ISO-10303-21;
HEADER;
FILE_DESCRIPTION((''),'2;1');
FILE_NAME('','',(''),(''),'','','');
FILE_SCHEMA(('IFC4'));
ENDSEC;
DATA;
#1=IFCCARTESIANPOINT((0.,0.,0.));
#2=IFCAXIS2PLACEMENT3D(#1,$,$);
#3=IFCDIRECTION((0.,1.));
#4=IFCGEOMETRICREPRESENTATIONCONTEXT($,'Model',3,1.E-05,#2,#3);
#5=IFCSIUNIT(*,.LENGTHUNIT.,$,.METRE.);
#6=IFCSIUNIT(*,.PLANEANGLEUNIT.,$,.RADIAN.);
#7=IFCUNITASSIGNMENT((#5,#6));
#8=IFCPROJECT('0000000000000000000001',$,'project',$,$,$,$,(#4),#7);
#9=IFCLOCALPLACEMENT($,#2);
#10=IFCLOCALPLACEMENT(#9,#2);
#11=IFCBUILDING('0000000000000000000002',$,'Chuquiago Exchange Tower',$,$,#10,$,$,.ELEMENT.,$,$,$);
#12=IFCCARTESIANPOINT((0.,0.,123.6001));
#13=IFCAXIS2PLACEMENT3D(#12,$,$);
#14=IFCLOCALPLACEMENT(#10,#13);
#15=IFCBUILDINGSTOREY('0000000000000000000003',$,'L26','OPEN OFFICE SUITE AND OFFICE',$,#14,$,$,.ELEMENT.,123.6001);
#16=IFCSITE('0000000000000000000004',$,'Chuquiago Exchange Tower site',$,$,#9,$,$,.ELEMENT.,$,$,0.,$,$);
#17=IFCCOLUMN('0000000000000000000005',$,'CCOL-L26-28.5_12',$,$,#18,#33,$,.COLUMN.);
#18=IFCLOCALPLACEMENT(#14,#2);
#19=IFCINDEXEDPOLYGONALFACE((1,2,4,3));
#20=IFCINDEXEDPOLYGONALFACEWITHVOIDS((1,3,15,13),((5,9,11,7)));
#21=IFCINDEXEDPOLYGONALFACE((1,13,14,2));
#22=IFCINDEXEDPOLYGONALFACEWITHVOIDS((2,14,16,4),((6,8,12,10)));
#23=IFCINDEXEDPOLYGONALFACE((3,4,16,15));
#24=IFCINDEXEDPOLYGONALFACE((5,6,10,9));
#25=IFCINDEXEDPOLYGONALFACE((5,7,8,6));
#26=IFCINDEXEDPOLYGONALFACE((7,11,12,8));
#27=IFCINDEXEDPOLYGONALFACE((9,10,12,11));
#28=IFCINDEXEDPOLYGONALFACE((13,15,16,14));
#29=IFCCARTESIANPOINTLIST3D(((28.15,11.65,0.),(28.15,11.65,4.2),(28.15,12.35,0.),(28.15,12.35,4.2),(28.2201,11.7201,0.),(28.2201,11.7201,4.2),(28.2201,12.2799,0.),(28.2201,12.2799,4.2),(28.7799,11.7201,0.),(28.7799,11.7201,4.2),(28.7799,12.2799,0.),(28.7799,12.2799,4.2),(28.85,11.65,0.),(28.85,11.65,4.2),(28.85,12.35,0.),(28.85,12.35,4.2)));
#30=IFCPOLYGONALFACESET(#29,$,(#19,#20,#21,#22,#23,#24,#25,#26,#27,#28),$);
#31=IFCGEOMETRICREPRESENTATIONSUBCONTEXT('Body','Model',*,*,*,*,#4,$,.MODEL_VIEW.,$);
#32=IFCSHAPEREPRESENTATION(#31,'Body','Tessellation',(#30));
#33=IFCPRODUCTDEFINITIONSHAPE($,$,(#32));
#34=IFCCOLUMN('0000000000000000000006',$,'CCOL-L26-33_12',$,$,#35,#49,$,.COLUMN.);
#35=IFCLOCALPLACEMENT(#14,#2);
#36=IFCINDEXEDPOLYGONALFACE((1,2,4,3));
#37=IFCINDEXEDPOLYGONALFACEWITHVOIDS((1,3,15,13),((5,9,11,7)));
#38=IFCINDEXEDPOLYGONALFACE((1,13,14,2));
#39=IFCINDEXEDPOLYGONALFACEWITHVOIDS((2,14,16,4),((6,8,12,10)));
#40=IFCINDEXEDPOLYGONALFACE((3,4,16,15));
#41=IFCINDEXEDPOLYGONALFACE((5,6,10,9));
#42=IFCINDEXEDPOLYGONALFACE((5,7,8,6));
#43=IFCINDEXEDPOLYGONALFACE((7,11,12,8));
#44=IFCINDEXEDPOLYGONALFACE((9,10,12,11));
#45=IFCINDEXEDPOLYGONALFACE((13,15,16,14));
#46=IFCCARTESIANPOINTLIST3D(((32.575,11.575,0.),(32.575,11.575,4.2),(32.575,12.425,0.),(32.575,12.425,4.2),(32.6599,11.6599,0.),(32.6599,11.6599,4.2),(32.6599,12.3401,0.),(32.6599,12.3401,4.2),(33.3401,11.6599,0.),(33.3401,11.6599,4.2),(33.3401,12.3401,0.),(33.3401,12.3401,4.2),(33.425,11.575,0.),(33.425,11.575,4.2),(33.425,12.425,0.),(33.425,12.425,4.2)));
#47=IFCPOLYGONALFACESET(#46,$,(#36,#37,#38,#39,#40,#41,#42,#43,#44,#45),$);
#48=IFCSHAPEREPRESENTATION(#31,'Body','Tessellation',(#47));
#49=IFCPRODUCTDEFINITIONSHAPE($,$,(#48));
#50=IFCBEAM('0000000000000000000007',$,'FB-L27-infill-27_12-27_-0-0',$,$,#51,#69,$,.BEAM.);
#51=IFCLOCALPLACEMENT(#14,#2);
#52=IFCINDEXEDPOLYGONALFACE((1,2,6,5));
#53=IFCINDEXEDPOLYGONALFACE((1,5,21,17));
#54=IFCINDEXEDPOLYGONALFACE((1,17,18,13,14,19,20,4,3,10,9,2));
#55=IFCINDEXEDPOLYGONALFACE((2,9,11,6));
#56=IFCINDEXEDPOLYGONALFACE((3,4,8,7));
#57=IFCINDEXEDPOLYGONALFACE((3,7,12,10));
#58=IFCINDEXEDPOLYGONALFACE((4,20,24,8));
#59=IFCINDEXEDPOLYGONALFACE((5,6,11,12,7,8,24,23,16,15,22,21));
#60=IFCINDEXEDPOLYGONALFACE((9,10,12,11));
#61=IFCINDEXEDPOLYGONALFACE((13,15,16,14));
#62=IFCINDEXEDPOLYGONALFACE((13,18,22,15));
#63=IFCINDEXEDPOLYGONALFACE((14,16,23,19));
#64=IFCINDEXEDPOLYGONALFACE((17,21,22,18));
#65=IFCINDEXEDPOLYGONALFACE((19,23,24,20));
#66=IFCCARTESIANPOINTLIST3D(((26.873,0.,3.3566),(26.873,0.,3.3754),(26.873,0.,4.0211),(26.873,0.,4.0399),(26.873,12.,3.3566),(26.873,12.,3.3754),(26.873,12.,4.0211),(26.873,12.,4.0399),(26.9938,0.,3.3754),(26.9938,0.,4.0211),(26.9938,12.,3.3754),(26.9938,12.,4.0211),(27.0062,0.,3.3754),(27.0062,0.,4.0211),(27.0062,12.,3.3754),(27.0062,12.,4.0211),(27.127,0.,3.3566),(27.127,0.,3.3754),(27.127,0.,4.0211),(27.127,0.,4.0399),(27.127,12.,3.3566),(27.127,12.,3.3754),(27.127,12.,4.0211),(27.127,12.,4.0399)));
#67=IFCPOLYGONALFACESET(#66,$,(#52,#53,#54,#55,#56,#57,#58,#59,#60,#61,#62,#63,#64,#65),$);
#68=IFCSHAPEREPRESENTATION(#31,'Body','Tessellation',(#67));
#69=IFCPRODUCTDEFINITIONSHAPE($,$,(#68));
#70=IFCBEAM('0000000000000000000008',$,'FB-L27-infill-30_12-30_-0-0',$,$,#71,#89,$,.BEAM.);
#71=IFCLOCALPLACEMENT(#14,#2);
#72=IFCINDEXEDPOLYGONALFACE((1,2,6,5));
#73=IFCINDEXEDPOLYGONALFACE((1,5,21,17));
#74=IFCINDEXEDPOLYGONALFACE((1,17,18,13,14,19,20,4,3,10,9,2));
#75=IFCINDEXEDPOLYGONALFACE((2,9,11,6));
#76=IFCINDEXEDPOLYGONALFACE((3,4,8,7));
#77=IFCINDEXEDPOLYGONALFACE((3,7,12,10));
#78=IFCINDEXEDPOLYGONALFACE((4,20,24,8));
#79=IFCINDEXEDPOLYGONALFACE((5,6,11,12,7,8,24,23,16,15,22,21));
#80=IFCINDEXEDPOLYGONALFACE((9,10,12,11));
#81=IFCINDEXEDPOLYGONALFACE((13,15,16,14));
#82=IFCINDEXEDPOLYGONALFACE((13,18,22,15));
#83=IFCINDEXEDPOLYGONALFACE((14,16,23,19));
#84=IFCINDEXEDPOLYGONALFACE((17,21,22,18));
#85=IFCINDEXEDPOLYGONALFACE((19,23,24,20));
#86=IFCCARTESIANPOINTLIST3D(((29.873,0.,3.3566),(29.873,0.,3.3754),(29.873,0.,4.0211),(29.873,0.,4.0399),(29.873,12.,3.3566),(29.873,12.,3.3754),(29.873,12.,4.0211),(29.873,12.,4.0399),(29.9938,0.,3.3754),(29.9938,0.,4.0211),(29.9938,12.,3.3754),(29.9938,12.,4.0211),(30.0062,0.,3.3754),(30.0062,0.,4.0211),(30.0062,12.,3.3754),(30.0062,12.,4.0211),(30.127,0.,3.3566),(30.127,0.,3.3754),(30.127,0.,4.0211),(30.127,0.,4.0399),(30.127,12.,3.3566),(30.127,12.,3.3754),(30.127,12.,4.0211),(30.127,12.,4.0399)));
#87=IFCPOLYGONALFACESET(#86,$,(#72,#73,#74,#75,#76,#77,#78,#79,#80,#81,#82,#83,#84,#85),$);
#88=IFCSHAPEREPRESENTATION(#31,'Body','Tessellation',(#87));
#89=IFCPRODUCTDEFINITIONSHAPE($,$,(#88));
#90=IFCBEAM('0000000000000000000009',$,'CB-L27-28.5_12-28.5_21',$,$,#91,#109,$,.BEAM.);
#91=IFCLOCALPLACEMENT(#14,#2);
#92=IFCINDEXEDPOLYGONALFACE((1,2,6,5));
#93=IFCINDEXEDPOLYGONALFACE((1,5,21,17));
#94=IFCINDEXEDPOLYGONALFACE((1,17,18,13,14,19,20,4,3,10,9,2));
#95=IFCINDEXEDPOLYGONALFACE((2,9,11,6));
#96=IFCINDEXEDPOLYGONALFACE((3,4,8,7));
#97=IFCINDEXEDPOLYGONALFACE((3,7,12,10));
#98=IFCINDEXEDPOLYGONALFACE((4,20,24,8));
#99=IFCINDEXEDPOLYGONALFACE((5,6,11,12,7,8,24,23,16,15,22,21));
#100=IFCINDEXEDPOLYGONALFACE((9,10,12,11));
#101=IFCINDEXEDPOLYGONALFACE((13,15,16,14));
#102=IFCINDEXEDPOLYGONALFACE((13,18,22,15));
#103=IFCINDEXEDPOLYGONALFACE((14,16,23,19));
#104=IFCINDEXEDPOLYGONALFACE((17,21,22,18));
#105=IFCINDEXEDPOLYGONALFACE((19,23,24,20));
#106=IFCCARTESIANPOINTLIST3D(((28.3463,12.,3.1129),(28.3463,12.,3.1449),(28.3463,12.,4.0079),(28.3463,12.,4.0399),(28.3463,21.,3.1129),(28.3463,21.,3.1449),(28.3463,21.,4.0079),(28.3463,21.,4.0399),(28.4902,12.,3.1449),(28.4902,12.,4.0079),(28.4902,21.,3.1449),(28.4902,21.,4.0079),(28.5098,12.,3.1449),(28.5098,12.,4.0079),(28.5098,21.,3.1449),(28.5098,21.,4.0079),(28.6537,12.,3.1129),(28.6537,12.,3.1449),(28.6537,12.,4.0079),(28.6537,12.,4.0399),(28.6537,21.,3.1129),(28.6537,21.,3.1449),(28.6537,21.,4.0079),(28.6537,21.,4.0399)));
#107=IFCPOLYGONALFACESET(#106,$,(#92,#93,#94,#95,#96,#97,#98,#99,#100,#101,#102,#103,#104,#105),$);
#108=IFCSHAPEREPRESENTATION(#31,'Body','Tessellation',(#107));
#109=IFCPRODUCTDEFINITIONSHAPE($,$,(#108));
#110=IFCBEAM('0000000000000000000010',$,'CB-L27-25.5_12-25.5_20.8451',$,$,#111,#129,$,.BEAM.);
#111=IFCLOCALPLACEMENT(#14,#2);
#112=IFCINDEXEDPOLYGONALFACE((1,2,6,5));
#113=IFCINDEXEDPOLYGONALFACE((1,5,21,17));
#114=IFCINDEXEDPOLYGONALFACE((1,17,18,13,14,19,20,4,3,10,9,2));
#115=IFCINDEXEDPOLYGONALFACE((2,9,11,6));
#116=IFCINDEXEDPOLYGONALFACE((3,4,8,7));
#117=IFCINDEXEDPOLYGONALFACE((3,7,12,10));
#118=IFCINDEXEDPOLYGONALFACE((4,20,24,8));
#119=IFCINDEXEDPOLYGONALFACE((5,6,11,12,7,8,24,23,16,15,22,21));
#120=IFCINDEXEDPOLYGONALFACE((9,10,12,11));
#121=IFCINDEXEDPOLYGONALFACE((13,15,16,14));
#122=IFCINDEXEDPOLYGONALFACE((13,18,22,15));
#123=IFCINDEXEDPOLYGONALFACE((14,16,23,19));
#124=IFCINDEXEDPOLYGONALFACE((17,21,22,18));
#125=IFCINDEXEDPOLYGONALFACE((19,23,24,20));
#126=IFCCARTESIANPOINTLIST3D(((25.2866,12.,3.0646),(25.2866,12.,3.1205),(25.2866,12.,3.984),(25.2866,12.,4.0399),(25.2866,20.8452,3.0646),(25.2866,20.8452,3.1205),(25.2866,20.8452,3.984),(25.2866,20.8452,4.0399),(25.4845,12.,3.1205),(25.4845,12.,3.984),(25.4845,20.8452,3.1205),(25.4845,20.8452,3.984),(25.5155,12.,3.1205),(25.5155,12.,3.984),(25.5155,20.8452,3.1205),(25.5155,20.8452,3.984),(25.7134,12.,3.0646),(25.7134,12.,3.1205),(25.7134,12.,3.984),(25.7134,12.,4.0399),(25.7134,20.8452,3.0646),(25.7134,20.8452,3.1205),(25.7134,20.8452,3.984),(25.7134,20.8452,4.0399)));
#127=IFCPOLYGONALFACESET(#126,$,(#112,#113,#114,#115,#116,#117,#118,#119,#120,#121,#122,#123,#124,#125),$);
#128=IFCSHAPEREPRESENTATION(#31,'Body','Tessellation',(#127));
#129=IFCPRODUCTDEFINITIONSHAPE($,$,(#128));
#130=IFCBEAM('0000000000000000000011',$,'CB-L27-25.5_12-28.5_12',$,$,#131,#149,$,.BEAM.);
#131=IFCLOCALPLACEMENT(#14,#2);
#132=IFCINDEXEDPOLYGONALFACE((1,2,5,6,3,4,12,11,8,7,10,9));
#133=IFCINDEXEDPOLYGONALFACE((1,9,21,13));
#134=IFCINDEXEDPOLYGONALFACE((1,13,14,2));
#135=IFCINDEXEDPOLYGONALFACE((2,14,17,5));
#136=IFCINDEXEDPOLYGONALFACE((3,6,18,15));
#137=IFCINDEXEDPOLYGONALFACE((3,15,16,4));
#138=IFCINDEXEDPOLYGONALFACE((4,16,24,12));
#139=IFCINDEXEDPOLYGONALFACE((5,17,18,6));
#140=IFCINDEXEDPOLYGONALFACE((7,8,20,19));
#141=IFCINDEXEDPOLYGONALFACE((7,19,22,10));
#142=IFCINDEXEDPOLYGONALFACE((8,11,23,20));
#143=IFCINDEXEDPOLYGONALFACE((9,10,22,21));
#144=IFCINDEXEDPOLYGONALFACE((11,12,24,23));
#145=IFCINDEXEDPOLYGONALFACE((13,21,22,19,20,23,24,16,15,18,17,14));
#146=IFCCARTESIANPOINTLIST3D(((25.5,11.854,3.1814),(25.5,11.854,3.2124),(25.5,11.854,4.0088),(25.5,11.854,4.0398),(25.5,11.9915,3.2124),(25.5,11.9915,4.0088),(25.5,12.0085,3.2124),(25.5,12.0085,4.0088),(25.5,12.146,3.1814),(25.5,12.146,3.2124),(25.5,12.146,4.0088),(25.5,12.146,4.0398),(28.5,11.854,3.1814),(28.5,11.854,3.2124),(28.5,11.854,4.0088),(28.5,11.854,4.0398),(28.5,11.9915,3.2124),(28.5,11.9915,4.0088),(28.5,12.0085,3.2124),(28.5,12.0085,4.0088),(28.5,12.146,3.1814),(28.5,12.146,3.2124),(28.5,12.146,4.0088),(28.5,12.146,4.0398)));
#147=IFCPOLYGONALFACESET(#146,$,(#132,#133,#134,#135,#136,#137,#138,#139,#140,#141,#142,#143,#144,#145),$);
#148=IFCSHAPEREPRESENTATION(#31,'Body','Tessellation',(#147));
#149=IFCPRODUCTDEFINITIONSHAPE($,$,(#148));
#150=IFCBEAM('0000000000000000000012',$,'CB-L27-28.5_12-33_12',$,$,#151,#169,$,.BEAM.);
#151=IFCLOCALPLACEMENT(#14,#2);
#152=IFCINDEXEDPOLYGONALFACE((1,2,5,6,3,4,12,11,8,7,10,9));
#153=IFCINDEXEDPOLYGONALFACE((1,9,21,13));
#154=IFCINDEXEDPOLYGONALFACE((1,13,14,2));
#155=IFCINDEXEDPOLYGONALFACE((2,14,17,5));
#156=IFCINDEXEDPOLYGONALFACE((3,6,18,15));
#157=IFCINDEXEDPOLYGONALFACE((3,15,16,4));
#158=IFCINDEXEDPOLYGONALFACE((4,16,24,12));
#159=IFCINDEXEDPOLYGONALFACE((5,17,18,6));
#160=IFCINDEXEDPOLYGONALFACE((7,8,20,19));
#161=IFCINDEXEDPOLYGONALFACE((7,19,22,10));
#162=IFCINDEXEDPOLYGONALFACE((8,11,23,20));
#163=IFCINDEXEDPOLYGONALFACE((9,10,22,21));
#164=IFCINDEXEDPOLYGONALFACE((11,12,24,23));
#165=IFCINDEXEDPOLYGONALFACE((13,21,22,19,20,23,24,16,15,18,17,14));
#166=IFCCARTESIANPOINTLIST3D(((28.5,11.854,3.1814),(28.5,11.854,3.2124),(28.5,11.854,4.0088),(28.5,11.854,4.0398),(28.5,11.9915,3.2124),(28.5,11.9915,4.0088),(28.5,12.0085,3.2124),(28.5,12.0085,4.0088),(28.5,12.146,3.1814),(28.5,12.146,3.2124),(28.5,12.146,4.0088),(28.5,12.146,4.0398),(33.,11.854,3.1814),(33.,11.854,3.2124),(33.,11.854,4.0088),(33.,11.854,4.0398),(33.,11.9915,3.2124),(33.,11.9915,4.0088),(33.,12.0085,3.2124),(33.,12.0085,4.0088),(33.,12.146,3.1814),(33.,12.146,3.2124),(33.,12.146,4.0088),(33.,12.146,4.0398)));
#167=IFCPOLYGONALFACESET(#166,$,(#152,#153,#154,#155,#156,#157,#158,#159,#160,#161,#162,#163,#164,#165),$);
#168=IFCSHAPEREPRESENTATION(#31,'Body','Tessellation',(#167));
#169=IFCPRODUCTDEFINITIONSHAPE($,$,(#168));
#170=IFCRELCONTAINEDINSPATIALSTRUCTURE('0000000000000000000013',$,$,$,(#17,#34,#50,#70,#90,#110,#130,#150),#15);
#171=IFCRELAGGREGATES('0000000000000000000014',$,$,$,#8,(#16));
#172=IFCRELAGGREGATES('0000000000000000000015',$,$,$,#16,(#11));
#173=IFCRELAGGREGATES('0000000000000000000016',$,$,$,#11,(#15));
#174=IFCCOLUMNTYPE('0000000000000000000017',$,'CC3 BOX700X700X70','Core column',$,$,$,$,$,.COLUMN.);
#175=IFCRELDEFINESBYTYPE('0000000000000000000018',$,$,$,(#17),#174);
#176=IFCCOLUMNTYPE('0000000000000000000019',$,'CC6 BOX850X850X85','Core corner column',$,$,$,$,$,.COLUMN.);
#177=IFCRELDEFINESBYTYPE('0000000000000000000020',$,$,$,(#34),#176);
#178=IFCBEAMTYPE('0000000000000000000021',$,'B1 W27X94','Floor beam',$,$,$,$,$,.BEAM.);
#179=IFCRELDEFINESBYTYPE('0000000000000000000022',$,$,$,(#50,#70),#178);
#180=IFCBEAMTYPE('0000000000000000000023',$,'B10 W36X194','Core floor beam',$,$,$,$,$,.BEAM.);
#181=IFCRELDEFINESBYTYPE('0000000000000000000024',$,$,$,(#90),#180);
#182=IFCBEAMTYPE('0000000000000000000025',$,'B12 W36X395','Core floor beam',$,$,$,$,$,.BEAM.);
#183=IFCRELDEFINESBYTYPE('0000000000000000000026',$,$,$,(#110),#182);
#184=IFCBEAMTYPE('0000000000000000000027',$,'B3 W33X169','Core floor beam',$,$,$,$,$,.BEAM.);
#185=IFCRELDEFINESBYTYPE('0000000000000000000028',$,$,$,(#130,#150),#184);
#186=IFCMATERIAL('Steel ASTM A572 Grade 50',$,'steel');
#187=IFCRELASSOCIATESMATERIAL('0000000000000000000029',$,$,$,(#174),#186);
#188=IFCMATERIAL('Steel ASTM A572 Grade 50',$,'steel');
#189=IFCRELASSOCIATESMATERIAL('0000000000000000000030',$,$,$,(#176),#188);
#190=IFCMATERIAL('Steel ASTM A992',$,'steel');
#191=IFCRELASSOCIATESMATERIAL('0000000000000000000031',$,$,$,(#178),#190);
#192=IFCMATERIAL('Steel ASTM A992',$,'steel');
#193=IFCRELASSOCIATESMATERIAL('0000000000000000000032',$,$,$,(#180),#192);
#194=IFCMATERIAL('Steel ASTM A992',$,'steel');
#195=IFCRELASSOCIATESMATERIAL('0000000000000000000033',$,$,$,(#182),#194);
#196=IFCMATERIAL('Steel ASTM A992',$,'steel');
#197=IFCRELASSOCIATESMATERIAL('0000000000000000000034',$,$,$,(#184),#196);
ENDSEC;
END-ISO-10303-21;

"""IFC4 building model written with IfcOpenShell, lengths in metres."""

from ifc_helpers import new_model, si_unit, direction, frame, origin, origin_2d, place, context, subcontext, project, spatial, hollow_rectangle, i_section, extrude, material, material_profile, profile_set, type_object, element, save


model = new_model("IFC4")

# Units and contexts
model_context = context("Model", 3, precision=1e-05, world=origin(), true_north=direction((0.0, 1.0)))
body_context = subcontext(model_context, "Body", "Model", "MODEL_VIEW")
ifc_project = project(units=[si_unit("LENGTHUNIT", "METRE"), si_unit("PLANEANGLEUNIT", "RADIAN")], contexts=[model_context])

# Site, building, storey
site_placement = place(None, origin())
site = spatial("IfcSite", under=ifc_project, at=site_placement, Name="Chuquiago Exchange Tower site", CompositionType="ELEMENT", RefElevation=0.0)
building_placement = place(site_placement, origin())
building = spatial("IfcBuilding", under=site, at=building_placement, Name="Chuquiago Exchange Tower", CompositionType="ELEMENT")
storey_placement = place(building_placement, frame((0.0, 0.0, 123.6001)))
storey = spatial("IfcBuildingStorey", under=building, at=storey_placement, Name="L26", Description="OPEN OFFICE SUITE AND OFFICE", CompositionType="ELEMENT", Elevation=123.6001)

# Columns
ifc_material_1 = material(Name="Steel ASTM A572 Grade 50", Category="steel")
ifc_material_profile_1 = material_profile(ifc_material_1, hollow_rectangle(XDim=0.7, YDim=0.7, WallThickness=0.0701, at=origin_2d()), Name="BOX700X700X70")
ifc_profile_set_1 = profile_set([ifc_material_profile_1], Name="Steel ASTM A572 Grade 50")
column_type_1 = type_object("IfcColumnType", Name="CC3 BOX700X700X70", Description="Core column", PredefinedType="COLUMN", material=ifc_profile_set_1)
column_1_placement = place(storey_placement, frame((28.5, 12.0, 0.0), z_axis=(0.0, 0.0, 1.0), x_axis=(1.0, 0.0, 0.0)))
element("IfcColumn", 1, at=column_1_placement, inside=storey, type_object=column_type_1, Name="CCOL-L26-28.5_12", PredefinedType="COLUMN", context=body_context, shape_type="SweptSolid", body=[
    extrude(hollow_rectangle(XDim=0.7, YDim=0.7, WallThickness=0.0701, at=origin_2d()), origin(), (0.0, 0.0, 1.0), 4.2),
])
ifc_material_2 = material(Name="Steel ASTM A572 Grade 50", Category="steel")
ifc_material_profile_2 = material_profile(ifc_material_2, hollow_rectangle(XDim=0.8501, YDim=0.8501, WallThickness=0.085, at=origin_2d()), Name="BOX850X850X85")
ifc_profile_set_2 = profile_set([ifc_material_profile_2], Name="Steel ASTM A572 Grade 50")
column_type_2 = type_object("IfcColumnType", Name="CC6 BOX850X850X85", Description="Core corner column", PredefinedType="COLUMN", material=ifc_profile_set_2)
column_2_placement = place(storey_placement, frame((33.0, 12.0, 0.0), z_axis=(0.0, 0.0, 1.0), x_axis=(1.0, 0.0, 0.0)))
element("IfcColumn", 2, at=column_2_placement, inside=storey, type_object=column_type_2, Name="CCOL-L26-33_12", PredefinedType="COLUMN", context=body_context, shape_type="SweptSolid", body=[
    extrude(hollow_rectangle(XDim=0.8501, YDim=0.8501, WallThickness=0.085, at=origin_2d()), origin(), (0.0, 0.0, 1.0), 4.2),
])

# Beams
ifc_material_3 = material(Name="Steel ASTM A992", Category="steel")
ifc_material_profile_3 = material_profile(ifc_material_3, i_section(OverallWidth=0.2539, OverallDepth=0.6833, WebThickness=0.0125, FlangeThickness=0.0188, at=origin_2d()), Name="W27X94")
ifc_profile_set_3 = profile_set([ifc_material_profile_3], Name="Steel ASTM A992")
beam_type_1 = type_object("IfcBeamType", Name="B1 W27X94", Description="Floor beam", PredefinedType="BEAM", material=ifc_profile_set_3)
for number, where, z_axis, x_axis, name in (
    (3, (27.0, 12.0, 3.6982), (0.0, -1.0, 0.0), (1.0, 0.0, 0.0), "FB-L27-infill-27_12-27_-0-0"),
    (4, (30.0, 12.0, 3.6982), (0.0, -1.0, 0.0), (1.0, 0.0, 0.0), "FB-L27-infill-30_12-30_-0-0"),
):
    element("IfcBeam", number, at=place(storey_placement, frame(where, z_axis=z_axis, x_axis=x_axis)), inside=storey, type_object=beam_type_1, Name=name, PredefinedType="BEAM", context=body_context, shape_type="SweptSolid", body=[
        extrude(i_section(OverallWidth=0.2539, OverallDepth=0.6833, WebThickness=0.0125, FlangeThickness=0.0188, at=origin_2d()), origin(), (0.0, 0.0, 1.0), 12.0),
    ])
ifc_material_4 = material(Name="Steel ASTM A992", Category="steel")
ifc_material_profile_4 = material_profile(ifc_material_4, i_section(OverallWidth=0.3074, OverallDepth=0.927, WebThickness=0.0195, FlangeThickness=0.032, at=origin_2d()), Name="W36X194")
ifc_profile_set_4 = profile_set([ifc_material_profile_4], Name="Steel ASTM A992")
beam_type_2 = type_object("IfcBeamType", Name="B10 W36X194", Description="Core floor beam", PredefinedType="BEAM", material=ifc_profile_set_4)
beam_1_placement = place(storey_placement, frame((28.5, 12.0, 3.5764), z_axis=(0.0, 1.0, 0.0), x_axis=(-1.0, 0.0, 0.0)))
element("IfcBeam", 5, at=beam_1_placement, inside=storey, type_object=beam_type_2, Name="CB-L27-28.5_12-28.5_21", PredefinedType="BEAM", context=body_context, shape_type="SweptSolid", body=[
    extrude(i_section(OverallWidth=0.3074, OverallDepth=0.927, WebThickness=0.0195, FlangeThickness=0.032, at=origin_2d()), origin(), (0.0, 0.0, 1.0), 9.0),
])
ifc_material_5 = material(Name="Steel ASTM A992", Category="steel")
ifc_material_profile_5 = material_profile(ifc_material_5, i_section(OverallWidth=0.4268, OverallDepth=0.9753, WebThickness=0.031, FlangeThickness=0.0559, at=origin_2d()), Name="W36X395")
ifc_profile_set_5 = profile_set([ifc_material_profile_5], Name="Steel ASTM A992")
beam_type_3 = type_object("IfcBeamType", Name="B12 W36X395", Description="Core floor beam", PredefinedType="BEAM", material=ifc_profile_set_5)
beam_2_placement = place(storey_placement, frame((25.5, 12.0, 3.5522), z_axis=(0.0, 1.0, 0.0), x_axis=(-1.0, 0.0, 0.0)))
element("IfcBeam", 6, at=beam_2_placement, inside=storey, type_object=beam_type_3, Name="CB-L27-25.5_12-25.5_20.8451", PredefinedType="BEAM", context=body_context, shape_type="SweptSolid", body=[
    extrude(i_section(OverallWidth=0.4268, OverallDepth=0.9753, WebThickness=0.031, FlangeThickness=0.0559, at=origin_2d()), origin(), (0.0, 0.0, 1.0), 8.8452),
])
ifc_material_6 = material(Name="Steel ASTM A992", Category="steel")
ifc_material_profile_6 = material_profile(ifc_material_6, i_section(OverallWidth=0.292, OverallDepth=0.8584, WebThickness=0.0171, FlangeThickness=0.031, at=origin_2d()), Name="W33X169")
ifc_profile_set_6 = profile_set([ifc_material_profile_6], Name="Steel ASTM A992")
beam_type_4 = type_object("IfcBeamType", Name="B3 W33X169", Description="Core floor beam", PredefinedType="BEAM", material=ifc_profile_set_6)
beam_3_placement = place(storey_placement, frame((25.5, 12.0, 3.6106), z_axis=(1.0, 0.0, 0.0), x_axis=(0.0, 1.0, 0.0)))
element("IfcBeam", 7, at=beam_3_placement, inside=storey, type_object=beam_type_4, Name="CB-L27-25.5_12-28.5_12", PredefinedType="BEAM", context=body_context, shape_type="SweptSolid", body=[
    extrude(i_section(OverallWidth=0.292, OverallDepth=0.8584, WebThickness=0.0171, FlangeThickness=0.031, at=origin_2d()), origin(), (0.0, 0.0, 1.0), 3.0),
])
beam_4_placement = place(storey_placement, frame((28.5, 12.0, 3.6106), z_axis=(1.0, 0.0, 0.0), x_axis=(0.0, 1.0, 0.0)))
element("IfcBeam", 8, at=beam_4_placement, inside=storey, type_object=beam_type_4, Name="CB-L27-28.5_12-33_12", PredefinedType="BEAM", context=body_context, shape_type="SweptSolid", body=[
    extrude(i_section(OverallWidth=0.292, OverallDepth=0.8584, WebThickness=0.0171, FlangeThickness=0.031, at=origin_2d()), origin(), (0.0, 0.0, 1.0), 4.5),
])

save(model, "model.ifc")
